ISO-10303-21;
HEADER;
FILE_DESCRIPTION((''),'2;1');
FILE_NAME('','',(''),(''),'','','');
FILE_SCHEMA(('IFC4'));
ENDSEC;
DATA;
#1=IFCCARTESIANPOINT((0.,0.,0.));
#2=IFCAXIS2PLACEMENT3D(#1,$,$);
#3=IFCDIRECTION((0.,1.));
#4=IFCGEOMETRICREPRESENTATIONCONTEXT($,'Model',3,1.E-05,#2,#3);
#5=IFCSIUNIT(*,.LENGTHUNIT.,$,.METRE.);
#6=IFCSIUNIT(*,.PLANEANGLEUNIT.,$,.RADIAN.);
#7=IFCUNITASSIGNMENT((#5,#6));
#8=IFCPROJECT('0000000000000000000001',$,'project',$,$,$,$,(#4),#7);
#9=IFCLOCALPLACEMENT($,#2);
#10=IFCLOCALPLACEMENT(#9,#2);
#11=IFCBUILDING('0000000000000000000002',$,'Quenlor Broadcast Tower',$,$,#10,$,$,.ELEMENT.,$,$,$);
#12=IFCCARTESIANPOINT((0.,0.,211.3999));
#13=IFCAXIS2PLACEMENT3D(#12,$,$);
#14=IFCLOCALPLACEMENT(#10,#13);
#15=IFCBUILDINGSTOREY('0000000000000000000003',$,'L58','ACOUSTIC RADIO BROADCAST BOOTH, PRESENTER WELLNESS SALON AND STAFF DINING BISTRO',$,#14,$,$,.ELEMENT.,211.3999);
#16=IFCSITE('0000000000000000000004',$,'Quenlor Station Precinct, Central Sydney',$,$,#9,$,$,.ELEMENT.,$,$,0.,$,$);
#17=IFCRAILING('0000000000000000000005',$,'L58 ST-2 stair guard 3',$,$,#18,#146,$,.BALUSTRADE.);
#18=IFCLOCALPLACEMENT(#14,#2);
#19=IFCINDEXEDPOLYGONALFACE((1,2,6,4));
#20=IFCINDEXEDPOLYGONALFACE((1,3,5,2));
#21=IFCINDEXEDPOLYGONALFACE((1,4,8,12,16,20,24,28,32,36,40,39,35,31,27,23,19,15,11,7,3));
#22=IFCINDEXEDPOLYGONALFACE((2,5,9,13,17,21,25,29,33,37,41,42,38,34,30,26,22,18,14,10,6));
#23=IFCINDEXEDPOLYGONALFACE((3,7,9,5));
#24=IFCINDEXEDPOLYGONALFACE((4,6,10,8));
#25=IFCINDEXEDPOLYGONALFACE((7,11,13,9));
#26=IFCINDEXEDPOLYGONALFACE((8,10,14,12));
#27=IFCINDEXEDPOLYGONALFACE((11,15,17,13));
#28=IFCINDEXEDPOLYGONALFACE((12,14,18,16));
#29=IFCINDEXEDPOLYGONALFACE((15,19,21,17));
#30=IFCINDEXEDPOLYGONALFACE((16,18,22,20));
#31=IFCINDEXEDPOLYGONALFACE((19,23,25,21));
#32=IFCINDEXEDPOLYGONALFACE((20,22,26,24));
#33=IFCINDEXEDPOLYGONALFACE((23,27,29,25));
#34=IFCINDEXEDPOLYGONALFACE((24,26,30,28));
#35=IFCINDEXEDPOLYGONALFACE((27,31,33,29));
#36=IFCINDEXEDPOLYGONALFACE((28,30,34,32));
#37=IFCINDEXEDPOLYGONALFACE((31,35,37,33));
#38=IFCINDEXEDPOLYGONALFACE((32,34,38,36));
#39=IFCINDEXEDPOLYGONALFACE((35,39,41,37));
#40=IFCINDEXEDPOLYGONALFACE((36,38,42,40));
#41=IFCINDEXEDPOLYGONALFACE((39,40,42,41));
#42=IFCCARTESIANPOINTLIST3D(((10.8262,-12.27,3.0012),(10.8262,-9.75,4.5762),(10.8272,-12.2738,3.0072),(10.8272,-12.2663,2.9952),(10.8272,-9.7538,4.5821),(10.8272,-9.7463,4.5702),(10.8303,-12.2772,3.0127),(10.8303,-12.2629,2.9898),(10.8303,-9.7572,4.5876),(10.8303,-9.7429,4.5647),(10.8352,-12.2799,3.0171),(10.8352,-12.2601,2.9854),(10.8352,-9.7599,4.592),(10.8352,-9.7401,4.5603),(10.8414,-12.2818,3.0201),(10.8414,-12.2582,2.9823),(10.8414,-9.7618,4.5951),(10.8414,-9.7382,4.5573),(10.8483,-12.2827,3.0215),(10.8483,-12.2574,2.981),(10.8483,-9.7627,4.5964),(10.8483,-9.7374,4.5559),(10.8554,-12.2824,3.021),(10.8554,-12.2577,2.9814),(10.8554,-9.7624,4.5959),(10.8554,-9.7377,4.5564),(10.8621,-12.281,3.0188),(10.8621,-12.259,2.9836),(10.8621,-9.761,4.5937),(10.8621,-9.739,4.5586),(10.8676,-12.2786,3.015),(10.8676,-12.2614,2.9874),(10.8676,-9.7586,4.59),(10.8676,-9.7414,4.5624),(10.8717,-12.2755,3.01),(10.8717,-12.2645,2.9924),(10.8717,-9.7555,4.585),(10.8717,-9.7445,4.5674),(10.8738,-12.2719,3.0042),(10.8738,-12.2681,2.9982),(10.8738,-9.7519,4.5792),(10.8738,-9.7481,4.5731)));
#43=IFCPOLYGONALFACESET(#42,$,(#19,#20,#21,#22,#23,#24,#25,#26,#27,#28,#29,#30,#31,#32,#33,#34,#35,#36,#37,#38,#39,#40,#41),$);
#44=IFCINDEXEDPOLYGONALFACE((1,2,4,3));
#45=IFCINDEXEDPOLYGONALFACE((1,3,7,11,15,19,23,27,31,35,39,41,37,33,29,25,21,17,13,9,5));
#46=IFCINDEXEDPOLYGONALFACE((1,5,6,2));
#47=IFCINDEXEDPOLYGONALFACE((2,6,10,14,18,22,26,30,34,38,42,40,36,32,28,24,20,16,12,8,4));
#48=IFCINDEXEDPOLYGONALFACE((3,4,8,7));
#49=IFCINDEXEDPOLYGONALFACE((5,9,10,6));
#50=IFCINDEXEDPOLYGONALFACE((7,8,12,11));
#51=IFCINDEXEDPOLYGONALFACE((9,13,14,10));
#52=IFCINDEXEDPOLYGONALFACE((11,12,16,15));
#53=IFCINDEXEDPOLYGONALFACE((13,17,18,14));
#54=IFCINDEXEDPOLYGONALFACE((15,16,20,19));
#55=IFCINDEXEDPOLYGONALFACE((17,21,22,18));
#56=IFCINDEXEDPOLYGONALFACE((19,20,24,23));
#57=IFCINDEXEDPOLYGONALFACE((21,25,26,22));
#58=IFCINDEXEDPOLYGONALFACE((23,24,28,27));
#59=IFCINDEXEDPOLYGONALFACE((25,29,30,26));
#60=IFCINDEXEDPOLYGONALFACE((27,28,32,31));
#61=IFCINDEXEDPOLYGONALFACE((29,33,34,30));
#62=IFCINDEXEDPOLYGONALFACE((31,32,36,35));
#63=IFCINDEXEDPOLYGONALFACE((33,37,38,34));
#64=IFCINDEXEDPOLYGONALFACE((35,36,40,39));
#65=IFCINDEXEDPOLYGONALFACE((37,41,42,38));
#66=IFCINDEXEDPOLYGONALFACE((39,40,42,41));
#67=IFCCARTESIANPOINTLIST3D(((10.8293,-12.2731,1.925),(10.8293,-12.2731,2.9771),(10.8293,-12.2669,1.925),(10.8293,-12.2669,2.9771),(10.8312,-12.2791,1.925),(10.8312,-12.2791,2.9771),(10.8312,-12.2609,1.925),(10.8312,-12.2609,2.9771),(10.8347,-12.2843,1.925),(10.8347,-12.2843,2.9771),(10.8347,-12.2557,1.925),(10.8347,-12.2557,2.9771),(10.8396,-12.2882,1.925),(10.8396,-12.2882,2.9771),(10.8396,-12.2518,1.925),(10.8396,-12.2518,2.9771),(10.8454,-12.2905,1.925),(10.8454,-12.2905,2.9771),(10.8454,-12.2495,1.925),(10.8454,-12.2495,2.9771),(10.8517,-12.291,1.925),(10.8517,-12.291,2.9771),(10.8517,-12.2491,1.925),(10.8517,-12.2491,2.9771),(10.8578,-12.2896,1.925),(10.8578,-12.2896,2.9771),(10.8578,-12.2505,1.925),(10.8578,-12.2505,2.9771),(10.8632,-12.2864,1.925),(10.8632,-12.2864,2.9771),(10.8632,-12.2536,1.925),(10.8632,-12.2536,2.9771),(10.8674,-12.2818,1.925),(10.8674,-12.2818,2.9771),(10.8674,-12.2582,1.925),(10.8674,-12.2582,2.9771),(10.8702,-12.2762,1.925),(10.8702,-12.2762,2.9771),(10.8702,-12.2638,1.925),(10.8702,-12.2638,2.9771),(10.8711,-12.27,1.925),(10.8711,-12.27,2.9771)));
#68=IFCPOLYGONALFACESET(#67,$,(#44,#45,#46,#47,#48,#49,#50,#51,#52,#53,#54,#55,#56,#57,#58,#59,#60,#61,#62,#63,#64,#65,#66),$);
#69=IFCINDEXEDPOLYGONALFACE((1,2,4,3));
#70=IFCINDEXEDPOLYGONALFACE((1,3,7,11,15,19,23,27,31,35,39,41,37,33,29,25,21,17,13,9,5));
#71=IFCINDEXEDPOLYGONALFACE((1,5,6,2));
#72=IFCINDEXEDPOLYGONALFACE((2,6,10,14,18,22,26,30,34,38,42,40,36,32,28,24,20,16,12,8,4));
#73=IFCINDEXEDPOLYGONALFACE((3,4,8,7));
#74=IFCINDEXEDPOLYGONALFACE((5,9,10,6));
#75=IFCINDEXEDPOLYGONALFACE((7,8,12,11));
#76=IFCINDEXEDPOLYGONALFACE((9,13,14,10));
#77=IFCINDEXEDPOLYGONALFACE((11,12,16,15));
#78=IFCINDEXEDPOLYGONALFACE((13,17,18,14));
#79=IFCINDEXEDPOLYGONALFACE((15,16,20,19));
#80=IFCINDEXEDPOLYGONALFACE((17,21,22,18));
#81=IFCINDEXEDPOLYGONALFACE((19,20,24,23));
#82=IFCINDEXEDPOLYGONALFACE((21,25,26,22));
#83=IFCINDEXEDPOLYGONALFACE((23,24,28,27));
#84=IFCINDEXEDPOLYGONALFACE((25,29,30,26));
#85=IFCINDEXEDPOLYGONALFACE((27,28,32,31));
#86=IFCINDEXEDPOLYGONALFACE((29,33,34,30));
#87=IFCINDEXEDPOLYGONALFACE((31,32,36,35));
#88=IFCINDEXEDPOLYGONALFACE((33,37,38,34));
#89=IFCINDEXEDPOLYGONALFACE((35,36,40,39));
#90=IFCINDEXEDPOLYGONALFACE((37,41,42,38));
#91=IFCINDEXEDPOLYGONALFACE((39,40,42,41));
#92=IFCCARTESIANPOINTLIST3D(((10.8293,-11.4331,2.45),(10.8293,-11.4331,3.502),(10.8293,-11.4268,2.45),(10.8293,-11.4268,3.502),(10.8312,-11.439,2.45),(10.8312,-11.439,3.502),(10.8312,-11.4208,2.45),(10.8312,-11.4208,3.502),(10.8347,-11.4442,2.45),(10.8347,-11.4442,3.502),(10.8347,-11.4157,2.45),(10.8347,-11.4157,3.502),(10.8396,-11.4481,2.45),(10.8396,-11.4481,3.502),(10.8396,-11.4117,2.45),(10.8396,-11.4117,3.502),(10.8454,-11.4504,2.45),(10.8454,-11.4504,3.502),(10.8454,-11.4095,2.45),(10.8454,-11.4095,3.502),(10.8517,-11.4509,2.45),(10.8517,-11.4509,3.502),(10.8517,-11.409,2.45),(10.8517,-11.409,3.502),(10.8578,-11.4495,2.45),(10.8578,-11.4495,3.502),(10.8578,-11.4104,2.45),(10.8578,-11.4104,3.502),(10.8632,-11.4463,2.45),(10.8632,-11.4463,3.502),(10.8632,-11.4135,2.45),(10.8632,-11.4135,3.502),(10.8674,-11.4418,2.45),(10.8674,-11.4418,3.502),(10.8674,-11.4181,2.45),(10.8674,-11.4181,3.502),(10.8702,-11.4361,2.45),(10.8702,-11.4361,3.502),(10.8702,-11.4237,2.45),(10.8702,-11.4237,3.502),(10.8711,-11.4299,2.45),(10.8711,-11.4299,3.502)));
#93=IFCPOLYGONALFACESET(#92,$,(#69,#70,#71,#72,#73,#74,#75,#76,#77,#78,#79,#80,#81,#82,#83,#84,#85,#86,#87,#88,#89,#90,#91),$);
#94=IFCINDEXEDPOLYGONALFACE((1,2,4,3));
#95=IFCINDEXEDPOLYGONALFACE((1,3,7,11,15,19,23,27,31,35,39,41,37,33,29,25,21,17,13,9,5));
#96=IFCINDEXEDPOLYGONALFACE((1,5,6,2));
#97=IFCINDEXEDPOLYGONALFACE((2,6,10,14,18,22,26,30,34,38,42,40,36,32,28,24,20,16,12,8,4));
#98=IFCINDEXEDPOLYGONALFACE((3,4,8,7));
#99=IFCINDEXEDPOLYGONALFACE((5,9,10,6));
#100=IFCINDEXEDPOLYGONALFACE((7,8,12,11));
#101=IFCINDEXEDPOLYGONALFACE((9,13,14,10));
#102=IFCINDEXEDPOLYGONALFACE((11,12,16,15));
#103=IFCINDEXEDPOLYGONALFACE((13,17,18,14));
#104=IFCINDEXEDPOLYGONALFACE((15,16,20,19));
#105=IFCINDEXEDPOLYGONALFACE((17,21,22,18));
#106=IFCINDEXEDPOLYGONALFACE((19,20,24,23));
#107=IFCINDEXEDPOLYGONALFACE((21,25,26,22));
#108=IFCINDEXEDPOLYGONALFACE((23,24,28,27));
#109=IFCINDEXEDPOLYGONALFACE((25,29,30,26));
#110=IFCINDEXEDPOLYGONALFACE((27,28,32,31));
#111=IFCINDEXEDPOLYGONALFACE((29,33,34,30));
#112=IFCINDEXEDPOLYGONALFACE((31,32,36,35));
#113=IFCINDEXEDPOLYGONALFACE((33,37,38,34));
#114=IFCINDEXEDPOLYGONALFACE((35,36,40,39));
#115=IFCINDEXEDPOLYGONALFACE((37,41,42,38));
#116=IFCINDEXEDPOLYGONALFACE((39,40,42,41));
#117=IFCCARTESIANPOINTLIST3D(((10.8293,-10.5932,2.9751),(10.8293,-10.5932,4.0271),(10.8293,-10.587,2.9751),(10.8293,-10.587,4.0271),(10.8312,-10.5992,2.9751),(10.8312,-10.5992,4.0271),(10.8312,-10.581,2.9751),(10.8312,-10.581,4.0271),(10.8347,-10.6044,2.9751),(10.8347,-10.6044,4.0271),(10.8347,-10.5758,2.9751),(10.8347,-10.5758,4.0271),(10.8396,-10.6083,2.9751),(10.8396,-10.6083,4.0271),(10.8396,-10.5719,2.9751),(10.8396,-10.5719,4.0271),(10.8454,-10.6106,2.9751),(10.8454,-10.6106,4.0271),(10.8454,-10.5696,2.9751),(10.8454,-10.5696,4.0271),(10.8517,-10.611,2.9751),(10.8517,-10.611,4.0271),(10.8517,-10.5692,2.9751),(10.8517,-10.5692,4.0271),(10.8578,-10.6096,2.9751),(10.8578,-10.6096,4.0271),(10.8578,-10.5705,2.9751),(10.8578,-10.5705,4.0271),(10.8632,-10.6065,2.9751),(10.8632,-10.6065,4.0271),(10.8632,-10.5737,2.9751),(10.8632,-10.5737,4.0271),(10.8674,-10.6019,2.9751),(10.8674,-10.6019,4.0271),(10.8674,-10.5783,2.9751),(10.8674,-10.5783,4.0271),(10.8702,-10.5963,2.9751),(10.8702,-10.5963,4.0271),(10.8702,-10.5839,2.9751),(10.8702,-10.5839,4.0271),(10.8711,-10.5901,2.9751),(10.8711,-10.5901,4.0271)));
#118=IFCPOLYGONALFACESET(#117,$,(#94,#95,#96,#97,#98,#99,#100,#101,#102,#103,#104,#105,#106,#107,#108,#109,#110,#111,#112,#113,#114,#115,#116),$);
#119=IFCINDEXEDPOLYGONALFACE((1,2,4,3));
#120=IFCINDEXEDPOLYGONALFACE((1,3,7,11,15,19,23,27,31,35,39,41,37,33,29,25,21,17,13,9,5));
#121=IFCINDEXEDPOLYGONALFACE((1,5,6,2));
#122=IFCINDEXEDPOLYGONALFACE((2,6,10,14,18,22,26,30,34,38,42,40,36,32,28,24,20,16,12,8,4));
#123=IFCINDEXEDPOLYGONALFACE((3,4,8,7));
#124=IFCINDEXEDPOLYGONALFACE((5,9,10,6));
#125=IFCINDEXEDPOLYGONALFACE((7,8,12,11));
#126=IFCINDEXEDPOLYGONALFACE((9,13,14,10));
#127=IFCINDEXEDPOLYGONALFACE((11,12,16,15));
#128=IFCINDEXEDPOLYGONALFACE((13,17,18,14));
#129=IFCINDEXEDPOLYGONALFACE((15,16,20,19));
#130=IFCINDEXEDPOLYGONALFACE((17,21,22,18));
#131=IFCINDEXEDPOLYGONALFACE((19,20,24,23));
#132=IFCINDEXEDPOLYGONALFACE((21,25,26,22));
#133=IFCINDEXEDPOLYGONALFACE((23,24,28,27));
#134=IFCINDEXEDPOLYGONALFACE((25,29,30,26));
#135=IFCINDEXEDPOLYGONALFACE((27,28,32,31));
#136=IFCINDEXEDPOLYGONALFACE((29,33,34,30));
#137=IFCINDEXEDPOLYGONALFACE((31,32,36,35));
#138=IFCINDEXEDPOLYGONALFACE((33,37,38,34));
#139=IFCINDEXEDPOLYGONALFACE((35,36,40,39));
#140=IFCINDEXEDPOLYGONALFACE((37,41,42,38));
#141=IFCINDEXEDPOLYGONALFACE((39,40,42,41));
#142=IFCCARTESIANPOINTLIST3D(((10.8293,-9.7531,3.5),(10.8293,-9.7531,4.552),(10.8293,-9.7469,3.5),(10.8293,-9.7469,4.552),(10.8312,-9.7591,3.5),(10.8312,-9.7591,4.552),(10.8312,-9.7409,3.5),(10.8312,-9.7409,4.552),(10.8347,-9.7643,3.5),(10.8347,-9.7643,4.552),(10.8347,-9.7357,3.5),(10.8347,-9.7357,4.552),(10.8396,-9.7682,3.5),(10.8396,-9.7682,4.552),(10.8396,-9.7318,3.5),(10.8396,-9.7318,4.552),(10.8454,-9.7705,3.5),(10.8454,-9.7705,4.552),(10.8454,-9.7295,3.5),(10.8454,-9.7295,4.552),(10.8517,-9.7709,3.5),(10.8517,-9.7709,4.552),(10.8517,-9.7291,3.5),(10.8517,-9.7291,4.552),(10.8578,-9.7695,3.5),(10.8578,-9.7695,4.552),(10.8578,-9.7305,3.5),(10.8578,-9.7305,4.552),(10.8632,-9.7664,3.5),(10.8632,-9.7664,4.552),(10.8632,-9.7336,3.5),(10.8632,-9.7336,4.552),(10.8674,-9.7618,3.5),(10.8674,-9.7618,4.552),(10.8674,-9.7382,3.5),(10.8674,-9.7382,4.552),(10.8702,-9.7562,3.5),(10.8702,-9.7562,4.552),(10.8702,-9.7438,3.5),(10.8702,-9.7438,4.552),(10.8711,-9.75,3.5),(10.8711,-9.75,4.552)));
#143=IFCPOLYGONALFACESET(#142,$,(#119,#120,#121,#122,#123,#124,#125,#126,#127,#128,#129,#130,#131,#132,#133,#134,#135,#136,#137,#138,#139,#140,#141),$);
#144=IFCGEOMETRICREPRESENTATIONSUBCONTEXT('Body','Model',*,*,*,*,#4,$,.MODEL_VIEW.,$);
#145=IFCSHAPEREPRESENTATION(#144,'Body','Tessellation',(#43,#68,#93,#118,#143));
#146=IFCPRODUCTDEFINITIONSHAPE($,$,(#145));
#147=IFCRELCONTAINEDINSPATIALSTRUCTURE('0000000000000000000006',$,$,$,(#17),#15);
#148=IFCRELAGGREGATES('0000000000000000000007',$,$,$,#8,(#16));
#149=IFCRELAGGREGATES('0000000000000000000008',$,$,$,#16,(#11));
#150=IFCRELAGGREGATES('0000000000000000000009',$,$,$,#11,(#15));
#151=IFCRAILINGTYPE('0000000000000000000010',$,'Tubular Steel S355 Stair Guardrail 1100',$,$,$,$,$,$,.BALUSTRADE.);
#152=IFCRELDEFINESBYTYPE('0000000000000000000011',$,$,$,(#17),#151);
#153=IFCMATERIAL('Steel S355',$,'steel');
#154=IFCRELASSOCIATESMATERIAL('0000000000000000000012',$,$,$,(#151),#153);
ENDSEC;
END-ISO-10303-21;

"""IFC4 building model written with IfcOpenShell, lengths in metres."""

from ifc_helpers import new_model, si_unit, direction, frame, origin, origin_2d, place, context, subcontext, project, spatial, circle, extrude, material, type_object, element, save


model = new_model("IFC4")

# Units and contexts
model_context = context("Model", 3, precision=1e-05, world=origin(), true_north=direction((0.0, 1.0)))
body_context = subcontext(model_context, "Body", "Model", "MODEL_VIEW")
ifc_project = project(units=[si_unit("LENGTHUNIT", "METRE"), si_unit("PLANEANGLEUNIT", "RADIAN")], contexts=[model_context])

# Site, building, storey
site_placement = place(None, origin())
site = spatial("IfcSite", under=ifc_project, at=site_placement, Name="Quenlor Station Precinct, Central Sydney", CompositionType="ELEMENT", RefElevation=0.0)
building_placement = place(site_placement, origin())
building = spatial("IfcBuilding", under=site, at=building_placement, Name="Quenlor Broadcast Tower", CompositionType="ELEMENT")
storey_placement = place(building_placement, frame((0.0, 0.0, 211.3999)))
storey = spatial("IfcBuildingStorey", under=building, at=storey_placement, Name="L58", Description="ACOUSTIC RADIO BROADCAST BOOTH, PRESENTER WELLNESS SALON AND STAFF DINING BISTRO", CompositionType="ELEMENT", Elevation=211.3999)

# Railing
ifc_material_1 = material(Name="Steel S355", Category="steel")
railing_type = type_object("IfcRailingType", Name="Tubular Steel S355 Stair Guardrail 1100", PredefinedType="BALUSTRADE", material=ifc_material_1)
railing_1_placement = place(storey_placement, frame((10.8501, -12.27, 1.925)))
element("IfcRailing", 1, at=railing_1_placement, inside=storey, type_object=railing_type, Name="L58 ST-2 stair guard 3", PredefinedType="BALUSTRADE", context=body_context, shape_type="SweptSolid", body=[
    extrude(circle(Radius=0.0239, at=origin_2d()), frame((0.0, 0.0, 1.0762), z_axis=(0.0, 0.848008, 0.529984), x_axis=(-1.0, 0.0, 0.0)), (0.0, 0.0, 1.0), 2.9717),
    extrude(circle(Radius=0.021, at=origin_2d()), origin(), (0.0, 0.0, 1.0), 1.052),
    extrude(circle(Radius=0.021, at=origin_2d()), frame((0.0, 0.8401, 0.5249)), (0.0, 0.0, 1.0), 1.052),
    extrude(circle(Radius=0.021, at=origin_2d()), frame((0.0, 1.6799, 1.05)), (0.0, 0.0, 1.0), 1.052),
    extrude(circle(Radius=0.021, at=origin_2d()), frame((0.0, 2.52, 1.575)), (0.0, 0.0, 1.0), 1.052),
])

save(model, "model.ifc")
